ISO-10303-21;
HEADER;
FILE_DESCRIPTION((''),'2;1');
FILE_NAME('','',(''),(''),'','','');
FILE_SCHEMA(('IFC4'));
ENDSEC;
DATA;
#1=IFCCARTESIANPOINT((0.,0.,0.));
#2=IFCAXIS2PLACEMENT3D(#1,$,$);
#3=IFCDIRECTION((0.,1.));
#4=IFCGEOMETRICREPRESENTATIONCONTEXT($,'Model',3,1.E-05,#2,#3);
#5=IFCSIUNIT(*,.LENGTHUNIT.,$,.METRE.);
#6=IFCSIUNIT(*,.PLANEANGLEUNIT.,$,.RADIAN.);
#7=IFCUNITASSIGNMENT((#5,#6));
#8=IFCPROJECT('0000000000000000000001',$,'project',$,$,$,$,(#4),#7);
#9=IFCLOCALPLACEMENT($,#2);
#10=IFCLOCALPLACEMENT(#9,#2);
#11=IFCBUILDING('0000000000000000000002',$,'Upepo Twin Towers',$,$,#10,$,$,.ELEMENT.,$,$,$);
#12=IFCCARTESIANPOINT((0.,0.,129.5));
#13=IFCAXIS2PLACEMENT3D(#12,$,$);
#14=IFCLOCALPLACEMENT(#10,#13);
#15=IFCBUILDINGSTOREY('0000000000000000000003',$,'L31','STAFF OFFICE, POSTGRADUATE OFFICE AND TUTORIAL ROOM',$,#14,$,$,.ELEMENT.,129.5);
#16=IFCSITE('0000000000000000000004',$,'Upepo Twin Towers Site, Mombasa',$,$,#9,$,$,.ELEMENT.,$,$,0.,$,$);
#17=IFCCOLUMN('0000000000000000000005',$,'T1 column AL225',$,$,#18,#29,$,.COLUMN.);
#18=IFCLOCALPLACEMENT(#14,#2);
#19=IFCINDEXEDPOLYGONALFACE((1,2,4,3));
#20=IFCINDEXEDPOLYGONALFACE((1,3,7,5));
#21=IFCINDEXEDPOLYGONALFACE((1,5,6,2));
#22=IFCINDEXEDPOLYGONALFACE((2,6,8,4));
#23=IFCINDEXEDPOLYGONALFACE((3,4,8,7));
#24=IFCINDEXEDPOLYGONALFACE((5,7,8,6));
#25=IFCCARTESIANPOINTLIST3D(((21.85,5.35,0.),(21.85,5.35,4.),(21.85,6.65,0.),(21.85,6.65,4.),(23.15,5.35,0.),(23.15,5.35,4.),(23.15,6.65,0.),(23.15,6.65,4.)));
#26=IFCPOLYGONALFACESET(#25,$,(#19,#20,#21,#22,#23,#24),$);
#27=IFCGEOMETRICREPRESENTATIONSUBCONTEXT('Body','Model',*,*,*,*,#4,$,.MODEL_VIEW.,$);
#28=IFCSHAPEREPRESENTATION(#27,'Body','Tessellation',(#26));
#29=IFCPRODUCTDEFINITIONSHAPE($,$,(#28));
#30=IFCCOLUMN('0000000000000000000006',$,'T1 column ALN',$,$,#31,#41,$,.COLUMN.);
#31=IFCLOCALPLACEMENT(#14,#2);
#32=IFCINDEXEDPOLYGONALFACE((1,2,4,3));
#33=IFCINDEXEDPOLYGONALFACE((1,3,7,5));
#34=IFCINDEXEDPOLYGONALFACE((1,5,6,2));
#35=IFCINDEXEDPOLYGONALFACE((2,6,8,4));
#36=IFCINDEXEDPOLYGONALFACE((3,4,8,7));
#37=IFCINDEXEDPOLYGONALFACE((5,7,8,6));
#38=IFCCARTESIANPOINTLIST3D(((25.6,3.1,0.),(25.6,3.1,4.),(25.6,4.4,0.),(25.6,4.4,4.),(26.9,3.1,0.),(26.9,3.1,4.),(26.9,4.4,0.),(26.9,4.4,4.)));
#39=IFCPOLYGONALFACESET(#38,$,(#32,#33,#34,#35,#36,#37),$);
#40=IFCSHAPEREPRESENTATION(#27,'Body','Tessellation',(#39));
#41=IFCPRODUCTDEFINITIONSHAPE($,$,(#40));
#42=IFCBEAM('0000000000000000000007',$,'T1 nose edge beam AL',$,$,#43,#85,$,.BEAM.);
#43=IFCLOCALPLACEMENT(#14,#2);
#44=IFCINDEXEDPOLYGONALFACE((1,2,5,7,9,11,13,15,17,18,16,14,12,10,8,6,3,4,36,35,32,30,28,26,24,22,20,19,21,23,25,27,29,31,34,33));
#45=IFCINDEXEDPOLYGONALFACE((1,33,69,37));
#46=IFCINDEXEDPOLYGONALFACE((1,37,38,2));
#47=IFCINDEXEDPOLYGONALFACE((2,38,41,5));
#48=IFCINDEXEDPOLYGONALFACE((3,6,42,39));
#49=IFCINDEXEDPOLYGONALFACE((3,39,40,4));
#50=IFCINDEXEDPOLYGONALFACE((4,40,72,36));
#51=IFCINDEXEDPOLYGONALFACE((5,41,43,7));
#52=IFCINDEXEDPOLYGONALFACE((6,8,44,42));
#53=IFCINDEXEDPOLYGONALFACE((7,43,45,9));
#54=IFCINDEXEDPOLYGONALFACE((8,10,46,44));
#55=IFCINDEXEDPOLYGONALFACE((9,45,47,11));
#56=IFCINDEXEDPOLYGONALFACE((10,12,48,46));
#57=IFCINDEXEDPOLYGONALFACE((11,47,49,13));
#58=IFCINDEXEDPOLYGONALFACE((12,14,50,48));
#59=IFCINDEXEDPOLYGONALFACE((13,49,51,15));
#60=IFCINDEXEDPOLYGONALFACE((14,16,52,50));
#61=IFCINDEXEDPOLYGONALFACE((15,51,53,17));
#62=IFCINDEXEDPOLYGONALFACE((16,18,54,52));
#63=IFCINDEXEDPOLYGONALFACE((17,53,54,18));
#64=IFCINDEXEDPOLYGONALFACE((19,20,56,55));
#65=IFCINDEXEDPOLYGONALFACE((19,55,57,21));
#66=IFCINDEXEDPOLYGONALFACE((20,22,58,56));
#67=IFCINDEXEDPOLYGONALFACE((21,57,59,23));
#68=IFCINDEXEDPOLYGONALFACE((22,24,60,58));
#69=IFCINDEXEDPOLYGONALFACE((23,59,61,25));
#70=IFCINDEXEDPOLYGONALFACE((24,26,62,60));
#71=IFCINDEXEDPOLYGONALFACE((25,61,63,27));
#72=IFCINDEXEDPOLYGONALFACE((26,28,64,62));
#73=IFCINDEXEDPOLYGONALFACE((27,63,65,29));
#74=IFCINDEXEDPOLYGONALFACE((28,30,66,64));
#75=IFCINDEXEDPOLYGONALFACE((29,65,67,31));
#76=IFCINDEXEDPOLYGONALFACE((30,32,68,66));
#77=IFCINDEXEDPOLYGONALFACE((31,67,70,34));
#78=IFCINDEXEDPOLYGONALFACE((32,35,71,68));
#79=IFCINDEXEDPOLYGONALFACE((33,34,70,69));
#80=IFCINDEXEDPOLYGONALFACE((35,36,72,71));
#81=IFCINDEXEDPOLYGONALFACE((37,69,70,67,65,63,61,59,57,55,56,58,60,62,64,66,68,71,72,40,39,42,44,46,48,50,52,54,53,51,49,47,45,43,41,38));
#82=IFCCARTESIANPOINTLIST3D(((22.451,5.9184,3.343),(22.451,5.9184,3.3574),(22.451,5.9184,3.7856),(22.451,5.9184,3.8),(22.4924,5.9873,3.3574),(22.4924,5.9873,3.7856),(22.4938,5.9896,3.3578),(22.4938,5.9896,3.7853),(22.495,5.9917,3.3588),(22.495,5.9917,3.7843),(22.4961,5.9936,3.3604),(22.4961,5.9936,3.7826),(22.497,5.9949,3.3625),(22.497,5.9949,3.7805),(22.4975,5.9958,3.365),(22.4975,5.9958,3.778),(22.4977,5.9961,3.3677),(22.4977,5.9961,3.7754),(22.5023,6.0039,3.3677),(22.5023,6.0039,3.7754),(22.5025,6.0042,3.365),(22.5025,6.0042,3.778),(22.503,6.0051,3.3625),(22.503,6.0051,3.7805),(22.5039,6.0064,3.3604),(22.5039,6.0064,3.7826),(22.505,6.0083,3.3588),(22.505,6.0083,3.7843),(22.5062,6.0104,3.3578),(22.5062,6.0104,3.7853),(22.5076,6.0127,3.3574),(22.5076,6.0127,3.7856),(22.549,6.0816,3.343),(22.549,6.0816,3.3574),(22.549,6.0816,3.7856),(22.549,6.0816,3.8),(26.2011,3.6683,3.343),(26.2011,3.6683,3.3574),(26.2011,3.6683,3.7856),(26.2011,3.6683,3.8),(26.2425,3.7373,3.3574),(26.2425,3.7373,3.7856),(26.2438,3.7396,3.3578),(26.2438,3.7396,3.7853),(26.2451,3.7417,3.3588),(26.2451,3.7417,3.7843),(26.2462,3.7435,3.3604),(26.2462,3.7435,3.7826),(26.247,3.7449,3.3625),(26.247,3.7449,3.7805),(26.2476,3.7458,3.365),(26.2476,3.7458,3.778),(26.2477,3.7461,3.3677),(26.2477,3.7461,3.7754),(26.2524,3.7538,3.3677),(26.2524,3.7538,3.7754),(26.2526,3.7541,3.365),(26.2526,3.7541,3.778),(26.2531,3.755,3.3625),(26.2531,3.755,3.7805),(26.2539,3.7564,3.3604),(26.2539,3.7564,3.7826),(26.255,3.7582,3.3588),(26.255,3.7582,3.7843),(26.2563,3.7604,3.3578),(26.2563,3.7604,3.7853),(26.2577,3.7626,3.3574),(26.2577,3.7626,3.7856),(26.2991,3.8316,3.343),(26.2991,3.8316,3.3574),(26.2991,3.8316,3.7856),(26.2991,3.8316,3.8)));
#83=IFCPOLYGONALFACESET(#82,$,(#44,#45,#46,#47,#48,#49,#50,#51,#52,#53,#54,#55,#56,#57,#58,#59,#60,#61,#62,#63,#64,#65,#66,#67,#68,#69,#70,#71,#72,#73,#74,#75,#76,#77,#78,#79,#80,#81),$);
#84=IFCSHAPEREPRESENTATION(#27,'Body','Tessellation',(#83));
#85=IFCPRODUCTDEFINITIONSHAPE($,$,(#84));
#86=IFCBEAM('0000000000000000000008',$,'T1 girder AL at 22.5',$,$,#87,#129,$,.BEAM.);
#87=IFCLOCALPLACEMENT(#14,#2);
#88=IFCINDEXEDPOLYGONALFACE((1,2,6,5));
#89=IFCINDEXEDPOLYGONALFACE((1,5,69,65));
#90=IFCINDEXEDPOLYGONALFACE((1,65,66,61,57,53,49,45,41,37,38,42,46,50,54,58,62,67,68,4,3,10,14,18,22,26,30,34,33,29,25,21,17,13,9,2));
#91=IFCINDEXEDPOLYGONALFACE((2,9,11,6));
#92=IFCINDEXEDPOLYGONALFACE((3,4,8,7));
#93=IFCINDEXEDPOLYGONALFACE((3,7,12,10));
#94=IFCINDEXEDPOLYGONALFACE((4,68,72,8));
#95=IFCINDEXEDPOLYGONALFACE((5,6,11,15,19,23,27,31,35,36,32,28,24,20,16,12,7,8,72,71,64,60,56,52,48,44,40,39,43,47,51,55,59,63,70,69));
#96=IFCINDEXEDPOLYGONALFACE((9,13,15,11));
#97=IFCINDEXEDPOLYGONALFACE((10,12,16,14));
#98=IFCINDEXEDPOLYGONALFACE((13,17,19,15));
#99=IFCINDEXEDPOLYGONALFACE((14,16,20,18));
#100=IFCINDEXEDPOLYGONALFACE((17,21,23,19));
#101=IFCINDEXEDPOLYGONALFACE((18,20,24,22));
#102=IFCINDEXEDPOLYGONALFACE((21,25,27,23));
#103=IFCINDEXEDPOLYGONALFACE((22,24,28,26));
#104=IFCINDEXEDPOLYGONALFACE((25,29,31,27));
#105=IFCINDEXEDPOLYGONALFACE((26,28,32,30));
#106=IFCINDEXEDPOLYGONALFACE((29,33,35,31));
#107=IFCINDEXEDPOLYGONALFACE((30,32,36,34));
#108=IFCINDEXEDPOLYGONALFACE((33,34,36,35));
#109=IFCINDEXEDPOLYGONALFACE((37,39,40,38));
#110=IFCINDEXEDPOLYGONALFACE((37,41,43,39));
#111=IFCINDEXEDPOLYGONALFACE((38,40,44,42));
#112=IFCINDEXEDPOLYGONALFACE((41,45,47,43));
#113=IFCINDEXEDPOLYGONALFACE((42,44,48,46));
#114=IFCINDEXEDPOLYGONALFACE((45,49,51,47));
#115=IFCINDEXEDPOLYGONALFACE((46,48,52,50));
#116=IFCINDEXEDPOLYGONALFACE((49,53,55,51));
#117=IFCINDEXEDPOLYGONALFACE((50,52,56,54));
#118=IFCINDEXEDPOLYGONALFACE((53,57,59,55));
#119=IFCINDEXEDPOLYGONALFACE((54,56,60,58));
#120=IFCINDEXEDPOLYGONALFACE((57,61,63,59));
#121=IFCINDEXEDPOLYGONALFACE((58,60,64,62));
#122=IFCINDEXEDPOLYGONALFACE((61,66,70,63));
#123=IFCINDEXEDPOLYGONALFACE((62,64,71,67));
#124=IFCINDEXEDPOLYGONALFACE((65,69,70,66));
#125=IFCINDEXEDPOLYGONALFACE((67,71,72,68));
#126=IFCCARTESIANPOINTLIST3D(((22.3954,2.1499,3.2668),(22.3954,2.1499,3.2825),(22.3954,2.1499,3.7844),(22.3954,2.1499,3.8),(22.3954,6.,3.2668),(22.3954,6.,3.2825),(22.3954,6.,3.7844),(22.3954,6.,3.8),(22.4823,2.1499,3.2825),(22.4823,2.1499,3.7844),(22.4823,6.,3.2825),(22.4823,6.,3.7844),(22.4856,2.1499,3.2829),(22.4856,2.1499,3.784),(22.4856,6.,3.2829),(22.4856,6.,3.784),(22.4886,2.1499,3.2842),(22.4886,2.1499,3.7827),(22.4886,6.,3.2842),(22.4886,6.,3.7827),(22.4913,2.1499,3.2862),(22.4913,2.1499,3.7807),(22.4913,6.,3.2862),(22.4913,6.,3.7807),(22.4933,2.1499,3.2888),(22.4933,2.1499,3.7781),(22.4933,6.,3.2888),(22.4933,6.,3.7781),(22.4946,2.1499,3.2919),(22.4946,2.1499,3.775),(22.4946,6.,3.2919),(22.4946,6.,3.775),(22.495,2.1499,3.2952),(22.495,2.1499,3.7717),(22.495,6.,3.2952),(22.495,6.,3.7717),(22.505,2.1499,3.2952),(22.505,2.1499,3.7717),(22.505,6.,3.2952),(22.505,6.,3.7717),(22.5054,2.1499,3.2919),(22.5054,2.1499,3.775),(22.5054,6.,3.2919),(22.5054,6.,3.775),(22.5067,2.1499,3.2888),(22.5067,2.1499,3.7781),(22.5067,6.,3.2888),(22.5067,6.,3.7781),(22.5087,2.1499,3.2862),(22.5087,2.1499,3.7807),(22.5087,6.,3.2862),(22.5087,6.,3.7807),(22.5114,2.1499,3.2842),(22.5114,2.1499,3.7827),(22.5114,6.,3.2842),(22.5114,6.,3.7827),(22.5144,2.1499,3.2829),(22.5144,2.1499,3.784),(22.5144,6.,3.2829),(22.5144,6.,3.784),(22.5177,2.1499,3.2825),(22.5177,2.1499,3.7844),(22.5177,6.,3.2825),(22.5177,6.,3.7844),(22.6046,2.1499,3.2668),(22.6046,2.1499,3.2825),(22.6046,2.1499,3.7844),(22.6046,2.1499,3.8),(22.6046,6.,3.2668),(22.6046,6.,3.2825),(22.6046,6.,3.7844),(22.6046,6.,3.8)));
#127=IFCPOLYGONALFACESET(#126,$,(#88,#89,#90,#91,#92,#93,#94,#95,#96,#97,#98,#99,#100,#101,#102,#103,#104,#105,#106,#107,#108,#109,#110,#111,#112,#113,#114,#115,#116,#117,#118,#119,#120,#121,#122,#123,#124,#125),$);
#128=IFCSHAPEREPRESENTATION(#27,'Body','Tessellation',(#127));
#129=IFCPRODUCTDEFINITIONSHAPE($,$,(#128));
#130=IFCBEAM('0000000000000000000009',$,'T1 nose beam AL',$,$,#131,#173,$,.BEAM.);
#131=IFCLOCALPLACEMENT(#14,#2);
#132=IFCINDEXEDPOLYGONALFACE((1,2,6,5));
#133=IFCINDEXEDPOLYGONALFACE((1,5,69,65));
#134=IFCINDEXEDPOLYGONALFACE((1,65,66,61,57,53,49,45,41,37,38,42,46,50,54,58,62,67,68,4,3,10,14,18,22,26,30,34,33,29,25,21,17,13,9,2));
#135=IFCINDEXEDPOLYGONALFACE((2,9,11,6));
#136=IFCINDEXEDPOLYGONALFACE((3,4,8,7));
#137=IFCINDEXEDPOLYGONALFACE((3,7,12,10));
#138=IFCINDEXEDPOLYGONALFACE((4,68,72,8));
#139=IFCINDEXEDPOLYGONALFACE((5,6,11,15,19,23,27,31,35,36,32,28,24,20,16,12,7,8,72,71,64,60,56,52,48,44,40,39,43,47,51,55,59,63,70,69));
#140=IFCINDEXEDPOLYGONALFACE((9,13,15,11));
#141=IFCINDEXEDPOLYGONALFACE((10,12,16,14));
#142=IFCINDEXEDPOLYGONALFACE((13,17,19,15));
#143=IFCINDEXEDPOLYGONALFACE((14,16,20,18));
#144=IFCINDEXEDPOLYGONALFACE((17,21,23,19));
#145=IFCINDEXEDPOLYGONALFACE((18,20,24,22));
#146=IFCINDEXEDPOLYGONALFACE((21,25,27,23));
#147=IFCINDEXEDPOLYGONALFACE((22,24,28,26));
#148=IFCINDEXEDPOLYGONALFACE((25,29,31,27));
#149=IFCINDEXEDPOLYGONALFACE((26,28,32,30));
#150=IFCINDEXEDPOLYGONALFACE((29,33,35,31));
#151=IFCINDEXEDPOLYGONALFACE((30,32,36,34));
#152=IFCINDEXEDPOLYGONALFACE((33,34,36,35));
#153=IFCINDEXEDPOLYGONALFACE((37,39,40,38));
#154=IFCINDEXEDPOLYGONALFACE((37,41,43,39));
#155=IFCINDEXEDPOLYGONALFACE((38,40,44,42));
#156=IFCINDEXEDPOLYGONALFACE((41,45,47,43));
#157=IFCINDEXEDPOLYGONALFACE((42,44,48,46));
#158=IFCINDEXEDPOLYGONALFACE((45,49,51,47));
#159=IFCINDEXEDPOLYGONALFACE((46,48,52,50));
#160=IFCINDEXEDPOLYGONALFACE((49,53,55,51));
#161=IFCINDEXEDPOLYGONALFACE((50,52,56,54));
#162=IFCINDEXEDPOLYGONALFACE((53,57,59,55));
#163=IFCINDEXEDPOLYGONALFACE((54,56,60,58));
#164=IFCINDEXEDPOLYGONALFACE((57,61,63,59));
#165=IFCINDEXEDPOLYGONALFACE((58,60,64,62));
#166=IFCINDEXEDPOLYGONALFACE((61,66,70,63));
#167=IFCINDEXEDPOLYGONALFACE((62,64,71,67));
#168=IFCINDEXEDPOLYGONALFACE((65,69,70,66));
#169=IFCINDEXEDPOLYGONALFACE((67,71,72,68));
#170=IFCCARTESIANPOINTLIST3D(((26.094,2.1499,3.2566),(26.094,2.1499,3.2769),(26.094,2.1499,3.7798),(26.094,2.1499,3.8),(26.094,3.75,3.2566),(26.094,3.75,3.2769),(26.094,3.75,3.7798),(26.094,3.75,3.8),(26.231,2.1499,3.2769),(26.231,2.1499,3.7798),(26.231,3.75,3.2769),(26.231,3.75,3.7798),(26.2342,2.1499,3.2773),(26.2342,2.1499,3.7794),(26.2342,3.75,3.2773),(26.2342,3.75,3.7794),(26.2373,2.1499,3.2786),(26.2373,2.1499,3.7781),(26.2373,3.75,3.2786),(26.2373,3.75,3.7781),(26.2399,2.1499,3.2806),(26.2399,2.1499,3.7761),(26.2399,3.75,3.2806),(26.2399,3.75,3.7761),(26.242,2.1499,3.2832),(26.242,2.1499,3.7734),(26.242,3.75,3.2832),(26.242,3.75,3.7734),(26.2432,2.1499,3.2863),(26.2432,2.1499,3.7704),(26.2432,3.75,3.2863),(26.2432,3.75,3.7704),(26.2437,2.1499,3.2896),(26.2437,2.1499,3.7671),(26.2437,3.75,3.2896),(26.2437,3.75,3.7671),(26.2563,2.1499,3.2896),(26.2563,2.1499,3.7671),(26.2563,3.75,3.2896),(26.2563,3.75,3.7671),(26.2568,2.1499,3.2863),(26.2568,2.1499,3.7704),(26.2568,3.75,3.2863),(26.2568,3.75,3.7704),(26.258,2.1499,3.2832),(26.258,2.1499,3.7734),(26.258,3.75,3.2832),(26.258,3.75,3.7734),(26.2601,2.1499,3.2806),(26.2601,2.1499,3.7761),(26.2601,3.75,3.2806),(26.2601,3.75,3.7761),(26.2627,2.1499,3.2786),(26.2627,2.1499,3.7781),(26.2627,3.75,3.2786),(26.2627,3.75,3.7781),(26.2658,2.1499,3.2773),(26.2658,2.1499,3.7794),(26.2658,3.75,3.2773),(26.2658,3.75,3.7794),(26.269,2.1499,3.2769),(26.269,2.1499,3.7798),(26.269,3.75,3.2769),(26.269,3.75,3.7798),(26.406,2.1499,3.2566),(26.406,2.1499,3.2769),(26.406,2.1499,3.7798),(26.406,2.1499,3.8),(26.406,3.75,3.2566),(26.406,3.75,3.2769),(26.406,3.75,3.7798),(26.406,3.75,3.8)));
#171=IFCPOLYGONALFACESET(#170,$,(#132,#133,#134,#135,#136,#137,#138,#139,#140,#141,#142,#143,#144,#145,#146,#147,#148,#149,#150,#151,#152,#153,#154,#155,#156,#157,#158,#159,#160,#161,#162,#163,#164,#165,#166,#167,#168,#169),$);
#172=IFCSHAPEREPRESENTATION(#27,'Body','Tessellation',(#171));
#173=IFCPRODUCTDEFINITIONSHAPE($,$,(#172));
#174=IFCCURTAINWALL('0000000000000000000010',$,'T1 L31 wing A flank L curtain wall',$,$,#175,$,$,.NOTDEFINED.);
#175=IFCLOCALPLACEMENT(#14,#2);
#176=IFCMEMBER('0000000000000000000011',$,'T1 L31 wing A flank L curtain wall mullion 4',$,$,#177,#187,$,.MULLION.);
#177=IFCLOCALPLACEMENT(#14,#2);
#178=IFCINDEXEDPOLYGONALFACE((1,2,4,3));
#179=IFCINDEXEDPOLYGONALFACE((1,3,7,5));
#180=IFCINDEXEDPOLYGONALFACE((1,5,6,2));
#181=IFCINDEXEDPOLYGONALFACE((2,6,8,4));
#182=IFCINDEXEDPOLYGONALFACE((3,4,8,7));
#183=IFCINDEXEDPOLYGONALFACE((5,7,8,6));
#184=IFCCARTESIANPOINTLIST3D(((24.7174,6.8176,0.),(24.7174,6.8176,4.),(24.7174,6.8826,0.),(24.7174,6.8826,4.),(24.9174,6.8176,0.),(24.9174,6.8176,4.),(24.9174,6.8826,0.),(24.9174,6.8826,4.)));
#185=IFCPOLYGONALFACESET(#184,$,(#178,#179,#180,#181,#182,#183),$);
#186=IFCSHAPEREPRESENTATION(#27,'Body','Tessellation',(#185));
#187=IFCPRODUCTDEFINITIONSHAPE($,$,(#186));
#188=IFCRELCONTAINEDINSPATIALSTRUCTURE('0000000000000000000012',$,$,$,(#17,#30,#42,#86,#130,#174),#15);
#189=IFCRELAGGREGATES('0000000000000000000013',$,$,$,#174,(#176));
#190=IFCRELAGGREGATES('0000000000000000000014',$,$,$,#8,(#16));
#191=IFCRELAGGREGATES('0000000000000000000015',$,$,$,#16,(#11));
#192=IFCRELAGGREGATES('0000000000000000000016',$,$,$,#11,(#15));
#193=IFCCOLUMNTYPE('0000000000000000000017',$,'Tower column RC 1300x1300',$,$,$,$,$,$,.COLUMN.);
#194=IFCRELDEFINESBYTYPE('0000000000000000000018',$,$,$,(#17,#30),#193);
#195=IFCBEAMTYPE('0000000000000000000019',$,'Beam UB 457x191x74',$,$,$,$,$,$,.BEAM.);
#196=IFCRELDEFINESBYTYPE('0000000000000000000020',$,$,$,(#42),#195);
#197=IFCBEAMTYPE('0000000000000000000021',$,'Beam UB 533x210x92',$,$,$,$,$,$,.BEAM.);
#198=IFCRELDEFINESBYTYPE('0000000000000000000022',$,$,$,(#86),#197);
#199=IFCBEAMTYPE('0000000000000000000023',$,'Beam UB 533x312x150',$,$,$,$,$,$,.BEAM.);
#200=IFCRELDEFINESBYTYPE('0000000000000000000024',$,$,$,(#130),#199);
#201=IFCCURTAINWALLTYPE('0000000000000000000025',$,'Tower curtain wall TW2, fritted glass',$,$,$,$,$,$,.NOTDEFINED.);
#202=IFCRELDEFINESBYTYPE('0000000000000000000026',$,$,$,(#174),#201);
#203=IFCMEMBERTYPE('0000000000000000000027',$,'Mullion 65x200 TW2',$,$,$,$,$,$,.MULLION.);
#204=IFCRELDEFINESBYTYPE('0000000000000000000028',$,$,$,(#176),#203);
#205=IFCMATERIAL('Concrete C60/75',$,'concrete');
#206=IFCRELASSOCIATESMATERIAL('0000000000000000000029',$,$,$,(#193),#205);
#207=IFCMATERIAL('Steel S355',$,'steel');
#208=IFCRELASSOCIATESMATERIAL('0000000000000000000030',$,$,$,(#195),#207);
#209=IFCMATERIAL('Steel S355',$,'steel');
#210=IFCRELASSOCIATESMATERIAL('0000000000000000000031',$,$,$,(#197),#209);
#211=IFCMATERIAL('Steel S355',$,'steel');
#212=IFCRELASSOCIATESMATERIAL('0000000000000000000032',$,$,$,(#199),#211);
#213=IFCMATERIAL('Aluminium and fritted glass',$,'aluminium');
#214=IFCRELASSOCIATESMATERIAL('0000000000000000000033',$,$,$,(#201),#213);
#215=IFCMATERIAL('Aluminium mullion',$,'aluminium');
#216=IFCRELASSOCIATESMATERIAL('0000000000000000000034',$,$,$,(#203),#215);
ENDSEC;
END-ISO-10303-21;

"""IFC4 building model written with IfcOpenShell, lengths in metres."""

from ifc_helpers import new_model, si_unit, direction, frame, origin, origin_2d, place, context, subcontext, project, spatial, rectangle, i_section, extrude, material, material_profile, profile_set, type_object, element, aggregate, save


model = new_model("IFC4")

# Units and contexts
model_context = context("Model", 3, precision=1e-05, world=origin(), true_north=direction((0.0, 1.0)))
body_context = subcontext(model_context, "Body", "Model", "MODEL_VIEW")
ifc_project = project(units=[si_unit("LENGTHUNIT", "METRE"), si_unit("PLANEANGLEUNIT", "RADIAN")], contexts=[model_context])

# Site, building, storey
site_placement = place(None, origin())
site = spatial("IfcSite", under=ifc_project, at=site_placement, Name="Upepo Twin Towers Site, Mombasa", CompositionType="ELEMENT", RefElevation=0.0)
building_placement = place(site_placement, origin())
building = spatial("IfcBuilding", under=site, at=building_placement, Name="Upepo Twin Towers", CompositionType="ELEMENT")
storey_placement = place(building_placement, frame((0.0, 0.0, 129.5)))
storey = spatial("IfcBuildingStorey", under=building, at=storey_placement, Name="L31", Description="STAFF OFFICE, POSTGRADUATE OFFICE AND TUTORIAL ROOM", CompositionType="ELEMENT", Elevation=129.5)

# Columns
ifc_material_1 = material(Name="Concrete C60/75", Category="concrete")
ifc_material_profile_1 = material_profile(ifc_material_1, rectangle(XDim=1.3, YDim=1.3, at=origin_2d()), Name="RC 1300x1300")
ifc_profile_set_1 = profile_set([ifc_material_profile_1], Name="Concrete C60/75")
column_type = type_object("IfcColumnType", Name="Tower column RC 1300x1300", PredefinedType="COLUMN", material=ifc_profile_set_1)
for number, where, z_axis, x_axis, name in (
    (1, (22.5, 6.0, 0.0), (0.0, 0.0, 1.0), (1.0, 0.0, 0.0), "T1 column AL225"),
    (2, (26.25, 3.75, 0.0), (0.0, 0.0, 1.0), (1.0, 0.0, 0.0), "T1 column ALN"),
):
    element("IfcColumn", number, at=place(storey_placement, frame(where, z_axis=z_axis, x_axis=x_axis)), inside=storey, type_object=column_type, Name=name, PredefinedType="COLUMN", context=body_context, shape_type="SweptSolid", body=[
        extrude(rectangle(XDim=1.3, YDim=1.3, at=origin_2d()), origin(), (0.0, 0.0, 1.0), 4.0),
    ])

# Beams
ifc_material_2 = material(Name="Steel S355", Category="steel")
ifc_material_profile_2 = material_profile(ifc_material_2, i_section(OverallWidth=0.1904, OverallDepth=0.457, WebThickness=0.009, FlangeThickness=0.0144, FilletRadius=0.0103, at=origin_2d()), Name="UB 457x191x74")
ifc_profile_set_2 = profile_set([ifc_material_profile_2], Name="Steel S355")
beam_type_1 = type_object("IfcBeamType", Name="Beam UB 457x191x74", PredefinedType="BEAM", material=ifc_profile_set_2)
beam_1_placement = place(storey_placement, frame((22.5, 6.0, 3.5715), z_axis=(0.857493, -0.514496, 0.0), x_axis=(0.514496, 0.857493, 0.0)))
element("IfcBeam", 3, at=beam_1_placement, inside=storey, type_object=beam_type_1, Name="T1 nose edge beam AL", PredefinedType="BEAM", context=body_context, shape_type="SweptSolid", body=[
    extrude(i_section(OverallWidth=0.1904, OverallDepth=0.457, WebThickness=0.009, FlangeThickness=0.0144, FilletRadius=0.0103, at=origin_2d()), origin(), (0.0, 0.0, 1.0), 4.3733),
])
ifc_material_3 = material(Name="Steel S355", Category="steel")
ifc_material_profile_3 = material_profile(ifc_material_3, i_section(OverallWidth=0.2092, OverallDepth=0.5332, WebThickness=0.01, FlangeThickness=0.0156, FilletRadius=0.0127, at=origin_2d()), Name="UB 533x210x92")
ifc_profile_set_3 = profile_set([ifc_material_profile_3], Name="Steel S355")
beam_type_2 = type_object("IfcBeamType", Name="Beam UB 533x210x92", PredefinedType="BEAM", material=ifc_profile_set_3)
beam_2_placement = place(storey_placement, frame((22.5, 6.0, 3.5334), z_axis=(0.0, -1.0, 0.0), x_axis=(1.0, 0.0, 0.0)))
element("IfcBeam", 4, at=beam_2_placement, inside=storey, type_object=beam_type_2, Name="T1 girder AL at 22.5", PredefinedType="BEAM", context=body_context, shape_type="SweptSolid", body=[
    extrude(i_section(OverallWidth=0.2092, OverallDepth=0.5332, WebThickness=0.01, FlangeThickness=0.0156, FilletRadius=0.0127, at=origin_2d()), origin(), (0.0, 0.0, 1.0), 3.8501),
])
ifc_material_4 = material(Name="Steel S355", Category="steel")
ifc_material_profile_4 = material_profile(ifc_material_4, i_section(OverallWidth=0.312, OverallDepth=0.5435, WebThickness=0.0127, FlangeThickness=0.0203, FilletRadius=0.0127, at=origin_2d()), Name="UB 533x312x150")
ifc_profile_set_4 = profile_set([ifc_material_profile_4], Name="Steel S355")
beam_type_3 = type_object("IfcBeamType", Name="Beam UB 533x312x150", PredefinedType="BEAM", material=ifc_profile_set_4)
beam_3_placement = place(storey_placement, frame((26.25, 3.75, 3.5283), z_axis=(0.0, -1.0, 0.0), x_axis=(1.0, 0.0, 0.0)))
element("IfcBeam", 5, at=beam_3_placement, inside=storey, type_object=beam_type_3, Name="T1 nose beam AL", PredefinedType="BEAM", context=body_context, shape_type="SweptSolid", body=[
    extrude(i_section(OverallWidth=0.312, OverallDepth=0.5435, WebThickness=0.0127, FlangeThickness=0.0203, FilletRadius=0.0127, at=origin_2d()), origin(), (0.0, 0.0, 1.0), 1.6001),
])

# Curtain wall, member
ifc_material_5 = material(Name="Aluminium and fritted glass", Category="aluminium")
curtain_wall_type = type_object("IfcCurtainWallType", Name="Tower curtain wall TW2, fritted glass", PredefinedType="NOTDEFINED", material=ifc_material_5)
curtain_wall_1_placement = place(storey_placement, origin())
curtain_wall_1 = element("IfcCurtainWall", 6, at=curtain_wall_1_placement, inside=storey, type_object=curtain_wall_type, Name="T1 L31 wing A flank L curtain wall", PredefinedType="NOTDEFINED")
ifc_material_6 = material(Name="Aluminium mullion", Category="aluminium")
ifc_material_profile_5 = material_profile(ifc_material_6, rectangle(XDim=0.0649, YDim=0.2, at=origin_2d()), Name="MULLION 65x200")
ifc_profile_set_5 = profile_set([ifc_material_profile_5], Name="Aluminium mullion")
member_type_1 = type_object("IfcMemberType", Name="Mullion 65x200 TW2", PredefinedType="MULLION", material=ifc_profile_set_5)
member_1_placement = place(storey_placement, frame((24.8174, 6.8501, 0.0), z_axis=(0.0, 0.0, 1.0), x_axis=(0.0, 1.0, 0.0)))
member_1 = element("IfcMember", 7, at=member_1_placement, type_object=member_type_1, Name="T1 L31 wing A flank L curtain wall mullion 4", PredefinedType="MULLION", context=body_context, shape_type="SweptSolid", body=[
    extrude(rectangle(XDim=0.0649, YDim=0.2, at=origin_2d()), origin(), (0.0, 0.0, 1.0), 4.0),
])

aggregate(curtain_wall_1, [member_1])

save(model, "model.ifc")
